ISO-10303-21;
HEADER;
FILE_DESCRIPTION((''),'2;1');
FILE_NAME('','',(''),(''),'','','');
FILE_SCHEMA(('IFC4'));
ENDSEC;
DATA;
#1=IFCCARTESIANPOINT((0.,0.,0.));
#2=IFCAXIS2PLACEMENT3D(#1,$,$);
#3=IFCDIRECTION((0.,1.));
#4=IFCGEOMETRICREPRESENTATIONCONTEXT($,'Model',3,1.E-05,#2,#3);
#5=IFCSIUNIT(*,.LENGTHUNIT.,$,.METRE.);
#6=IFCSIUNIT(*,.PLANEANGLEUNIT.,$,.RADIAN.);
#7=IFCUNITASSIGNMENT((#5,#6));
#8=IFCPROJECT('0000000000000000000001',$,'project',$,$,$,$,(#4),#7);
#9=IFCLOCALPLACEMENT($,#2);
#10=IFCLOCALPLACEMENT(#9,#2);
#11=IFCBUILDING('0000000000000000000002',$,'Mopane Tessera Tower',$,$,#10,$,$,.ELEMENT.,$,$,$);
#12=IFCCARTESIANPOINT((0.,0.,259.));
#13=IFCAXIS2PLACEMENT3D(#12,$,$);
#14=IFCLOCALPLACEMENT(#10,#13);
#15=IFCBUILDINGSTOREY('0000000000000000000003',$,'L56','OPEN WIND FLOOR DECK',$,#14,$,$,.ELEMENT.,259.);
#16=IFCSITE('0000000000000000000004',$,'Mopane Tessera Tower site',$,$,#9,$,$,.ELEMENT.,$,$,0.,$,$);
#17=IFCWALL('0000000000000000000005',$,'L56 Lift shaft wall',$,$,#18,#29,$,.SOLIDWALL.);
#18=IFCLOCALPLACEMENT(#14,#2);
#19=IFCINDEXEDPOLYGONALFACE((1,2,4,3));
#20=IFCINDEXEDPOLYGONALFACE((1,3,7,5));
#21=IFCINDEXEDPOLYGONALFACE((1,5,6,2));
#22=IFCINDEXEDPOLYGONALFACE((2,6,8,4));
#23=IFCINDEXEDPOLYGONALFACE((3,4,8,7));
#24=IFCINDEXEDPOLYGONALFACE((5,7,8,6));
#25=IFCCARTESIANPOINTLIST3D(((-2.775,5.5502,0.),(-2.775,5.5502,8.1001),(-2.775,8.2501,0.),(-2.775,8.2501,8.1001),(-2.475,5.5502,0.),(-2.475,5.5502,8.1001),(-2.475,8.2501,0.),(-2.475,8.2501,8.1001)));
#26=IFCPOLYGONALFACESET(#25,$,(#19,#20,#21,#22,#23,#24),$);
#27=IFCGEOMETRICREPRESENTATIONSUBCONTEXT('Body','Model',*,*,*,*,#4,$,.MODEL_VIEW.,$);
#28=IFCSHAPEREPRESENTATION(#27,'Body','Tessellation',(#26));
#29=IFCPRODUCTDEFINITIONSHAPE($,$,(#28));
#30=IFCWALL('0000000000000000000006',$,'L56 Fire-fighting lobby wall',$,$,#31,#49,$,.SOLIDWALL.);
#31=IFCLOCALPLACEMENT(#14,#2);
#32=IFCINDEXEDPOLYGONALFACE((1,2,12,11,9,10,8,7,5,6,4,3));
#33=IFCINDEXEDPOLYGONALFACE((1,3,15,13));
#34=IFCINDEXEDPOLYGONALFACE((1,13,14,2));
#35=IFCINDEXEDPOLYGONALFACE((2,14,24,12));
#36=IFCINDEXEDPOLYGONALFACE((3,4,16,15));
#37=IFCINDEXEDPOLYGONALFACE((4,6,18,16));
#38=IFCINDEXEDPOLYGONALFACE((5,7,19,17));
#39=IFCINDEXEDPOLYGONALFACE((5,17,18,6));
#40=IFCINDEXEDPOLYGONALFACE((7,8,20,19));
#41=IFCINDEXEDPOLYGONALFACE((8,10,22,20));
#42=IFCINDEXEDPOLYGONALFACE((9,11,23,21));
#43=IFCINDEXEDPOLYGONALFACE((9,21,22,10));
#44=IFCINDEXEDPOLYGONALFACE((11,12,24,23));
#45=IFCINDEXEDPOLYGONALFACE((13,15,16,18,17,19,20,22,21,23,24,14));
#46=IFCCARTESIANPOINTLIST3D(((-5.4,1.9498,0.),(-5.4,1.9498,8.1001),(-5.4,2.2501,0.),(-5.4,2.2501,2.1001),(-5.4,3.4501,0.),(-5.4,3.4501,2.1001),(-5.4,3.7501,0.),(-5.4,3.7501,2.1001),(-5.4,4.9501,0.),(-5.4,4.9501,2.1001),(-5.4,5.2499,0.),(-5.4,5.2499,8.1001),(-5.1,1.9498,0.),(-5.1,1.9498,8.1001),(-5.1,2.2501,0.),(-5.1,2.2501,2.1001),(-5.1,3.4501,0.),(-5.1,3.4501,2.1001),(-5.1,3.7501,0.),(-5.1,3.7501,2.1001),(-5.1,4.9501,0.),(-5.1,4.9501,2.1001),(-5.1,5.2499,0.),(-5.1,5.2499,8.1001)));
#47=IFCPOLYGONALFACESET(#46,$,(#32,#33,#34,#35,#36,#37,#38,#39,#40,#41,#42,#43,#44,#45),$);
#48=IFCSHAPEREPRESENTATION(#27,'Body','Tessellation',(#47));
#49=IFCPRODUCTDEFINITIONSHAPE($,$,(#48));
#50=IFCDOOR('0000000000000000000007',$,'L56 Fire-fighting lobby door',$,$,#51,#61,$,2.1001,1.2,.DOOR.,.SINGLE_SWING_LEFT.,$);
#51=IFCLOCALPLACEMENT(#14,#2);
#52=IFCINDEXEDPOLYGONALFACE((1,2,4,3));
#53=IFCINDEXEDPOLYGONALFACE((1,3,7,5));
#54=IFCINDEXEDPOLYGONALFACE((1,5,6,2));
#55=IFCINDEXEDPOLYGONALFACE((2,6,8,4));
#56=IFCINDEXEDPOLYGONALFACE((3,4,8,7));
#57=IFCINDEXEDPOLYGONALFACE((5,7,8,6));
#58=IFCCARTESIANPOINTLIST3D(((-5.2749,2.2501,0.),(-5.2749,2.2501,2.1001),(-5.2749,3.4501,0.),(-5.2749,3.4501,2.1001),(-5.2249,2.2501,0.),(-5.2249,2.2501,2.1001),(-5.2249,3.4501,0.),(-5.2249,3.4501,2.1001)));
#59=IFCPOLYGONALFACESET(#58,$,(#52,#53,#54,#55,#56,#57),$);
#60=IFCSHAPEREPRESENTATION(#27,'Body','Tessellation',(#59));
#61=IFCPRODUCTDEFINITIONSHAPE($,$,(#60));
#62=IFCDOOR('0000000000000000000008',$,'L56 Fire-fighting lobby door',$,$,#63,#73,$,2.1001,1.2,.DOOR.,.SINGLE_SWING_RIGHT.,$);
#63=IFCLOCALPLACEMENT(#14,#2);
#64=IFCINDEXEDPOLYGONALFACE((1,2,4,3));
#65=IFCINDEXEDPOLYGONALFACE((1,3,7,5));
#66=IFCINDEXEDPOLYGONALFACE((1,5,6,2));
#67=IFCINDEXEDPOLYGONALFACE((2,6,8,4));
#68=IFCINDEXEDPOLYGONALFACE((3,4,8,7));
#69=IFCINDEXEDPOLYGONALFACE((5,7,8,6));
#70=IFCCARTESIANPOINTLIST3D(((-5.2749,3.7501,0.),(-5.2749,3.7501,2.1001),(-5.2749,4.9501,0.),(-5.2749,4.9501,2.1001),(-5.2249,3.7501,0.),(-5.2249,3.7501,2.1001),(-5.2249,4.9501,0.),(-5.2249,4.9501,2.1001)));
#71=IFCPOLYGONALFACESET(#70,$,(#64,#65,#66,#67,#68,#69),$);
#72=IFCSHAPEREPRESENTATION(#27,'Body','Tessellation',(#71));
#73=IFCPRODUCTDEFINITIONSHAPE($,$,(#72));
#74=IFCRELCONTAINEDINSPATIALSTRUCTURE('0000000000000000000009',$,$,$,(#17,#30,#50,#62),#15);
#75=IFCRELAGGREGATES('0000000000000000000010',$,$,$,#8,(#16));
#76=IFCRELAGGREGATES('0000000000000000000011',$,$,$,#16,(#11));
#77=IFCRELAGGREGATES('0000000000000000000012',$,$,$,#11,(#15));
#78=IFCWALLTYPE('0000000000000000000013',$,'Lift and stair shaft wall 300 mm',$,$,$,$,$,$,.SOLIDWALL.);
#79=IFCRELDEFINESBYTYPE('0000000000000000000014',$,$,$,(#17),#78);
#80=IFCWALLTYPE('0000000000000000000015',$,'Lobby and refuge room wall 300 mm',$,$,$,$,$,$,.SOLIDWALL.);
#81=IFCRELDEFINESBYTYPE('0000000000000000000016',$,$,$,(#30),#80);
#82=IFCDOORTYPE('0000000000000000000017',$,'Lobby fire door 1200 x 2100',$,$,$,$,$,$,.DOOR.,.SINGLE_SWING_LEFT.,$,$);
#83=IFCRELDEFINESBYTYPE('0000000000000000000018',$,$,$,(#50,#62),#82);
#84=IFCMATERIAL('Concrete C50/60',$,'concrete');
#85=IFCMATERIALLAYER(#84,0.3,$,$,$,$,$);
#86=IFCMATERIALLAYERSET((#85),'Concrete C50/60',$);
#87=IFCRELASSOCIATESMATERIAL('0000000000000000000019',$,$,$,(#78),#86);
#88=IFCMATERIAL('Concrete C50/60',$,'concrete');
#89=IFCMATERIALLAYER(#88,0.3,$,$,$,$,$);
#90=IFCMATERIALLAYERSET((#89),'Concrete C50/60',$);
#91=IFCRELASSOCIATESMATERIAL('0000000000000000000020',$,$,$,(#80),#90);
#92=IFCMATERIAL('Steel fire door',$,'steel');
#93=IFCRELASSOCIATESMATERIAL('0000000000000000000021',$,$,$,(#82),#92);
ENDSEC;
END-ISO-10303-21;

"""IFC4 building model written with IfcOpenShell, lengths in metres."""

from ifc_helpers import new_model, si_unit, direction, frame, frame_2d, origin, place, context, subcontext, project, spatial, rectangle, extrude, material, layer, layer_set, type_object, element, fill, save


model = new_model("IFC4")

# Units and contexts
model_context = context("Model", 3, precision=1e-05, world=origin(), true_north=direction((0.0, 1.0)))
body_context = subcontext(model_context, "Body", "Model", "MODEL_VIEW")
ifc_project = project(units=[si_unit("LENGTHUNIT", "METRE"), si_unit("PLANEANGLEUNIT", "RADIAN")], contexts=[model_context])

# Site, building, storey
site_placement = place(None, origin())
site = spatial("IfcSite", under=ifc_project, at=site_placement, Name="Mopane Tessera Tower site", CompositionType="ELEMENT", RefElevation=0.0)
building_placement = place(site_placement, origin())
building = spatial("IfcBuilding", under=site, at=building_placement, Name="Mopane Tessera Tower", CompositionType="ELEMENT")
storey_placement = place(building_placement, frame((0.0, 0.0, 259.0)))
storey = spatial("IfcBuildingStorey", under=building, at=storey_placement, Name="L56", Description="OPEN WIND FLOOR DECK", CompositionType="ELEMENT", Elevation=259.0)

# Shared definitions
ifc_material_1 = material(Name="Concrete C50/60", Category="concrete")
ifc_layer_1 = layer(ifc_material_1, 0.3)
ifc_layer_set_1 = layer_set([ifc_layer_1], Name="Concrete C50/60")
wall_type_1 = type_object("IfcWallType", Name="Lift and stair shaft wall 300 mm", PredefinedType="SOLIDWALL", material=ifc_layer_set_1)

# Wall
for number, where, z_axis, x_axis, name in (
    (1, (-2.625, 5.55, 0.0), (0.0, 0.0, 1.0), (0.0, 1.0, 0.0), "L56 Lift shaft wall"),
):
    element("IfcWall", number, at=place(storey_placement, frame(where, z_axis=z_axis, x_axis=x_axis)), inside=storey, type_object=wall_type_1, Name=name, PredefinedType="SOLIDWALL", context=body_context, shape_type="SweptSolid", body=[
        extrude(rectangle(XDim=2.7, YDim=0.3, at=frame_2d((1.3501, 0.0))), origin(), (0.0, 0.0, 1.0), 8.1001),
    ])

# Wall, openings, doors
ifc_material_2 = material(Name="Concrete C50/60", Category="concrete")
ifc_layer_2 = layer(ifc_material_2, 0.3)
ifc_layer_set_2 = layer_set([ifc_layer_2], Name="Concrete C50/60")
wall_type_2 = type_object("IfcWallType", Name="Lobby and refuge room wall 300 mm", PredefinedType="SOLIDWALL", material=ifc_layer_set_2)
wall_1_placement = place(storey_placement, frame((-5.25, 1.95, 0.0), z_axis=(0.0, 0.0, 1.0), x_axis=(0.0, 1.0, 0.0)))
wall_1 = element("IfcWall", 2, at=wall_1_placement, inside=storey, type_object=wall_type_2, Name="L56 Fire-fighting lobby wall", PredefinedType="SOLIDWALL", context=body_context, shape_type="SweptSolid", body=[
    extrude(rectangle(XDim=3.3, YDim=0.3, at=frame_2d((1.6499, 0.0))), origin(), (0.0, 0.0, 1.0), 8.1001),
])
opening_1_placement = place(wall_1_placement, frame((0.3, 0.0, 0.0)))
opening_1 = element("IfcOpeningElement", 3, at=opening_1_placement, cuts=wall_1, PredefinedType="OPENING", context=body_context, shape_type="SweptSolid", body=[
    extrude(rectangle(XDim=1.2, YDim=2.1001, at=frame_2d((0.6001, 1.05))), frame((0.0, 0.1621, 0.0), z_axis=(0.0, -1.0, 0.0), x_axis=(1.0, 0.0, 0.0)), (0.0, 0.0, 1.0), 0.324),
])
opening_2_placement = place(wall_1_placement, frame((1.8, 0.0, 0.0)))
opening_2 = element("IfcOpeningElement", 4, at=opening_2_placement, cuts=wall_1, PredefinedType="OPENING", context=body_context, shape_type="SweptSolid", body=[
    extrude(rectangle(XDim=1.2, YDim=2.1001, at=frame_2d((0.6001, 1.05))), frame((0.0, 0.1621, 0.0), z_axis=(0.0, -1.0, 0.0), x_axis=(1.0, 0.0, 0.0)), (0.0, 0.0, 1.0), 0.324),
])
ifc_material_3 = material(Name="Steel fire door", Category="steel")
door_type_1 = type_object("IfcDoorType", Name="Lobby fire door 1200 x 2100", OperationType="SINGLE_SWING_LEFT", PredefinedType="DOOR", material=ifc_material_3)
door_1_placement = place(opening_1_placement, origin())
door_1 = element("IfcDoor", 5, at=door_1_placement, inside=storey, type_object=door_type_1, Name="L56 Fire-fighting lobby door", OperationType="SINGLE_SWING_LEFT", OverallHeight=2.1001, OverallWidth=1.2, PredefinedType="DOOR", context=body_context, shape_type="SweptSolid", body=[
    extrude(rectangle(XDim=1.2, YDim=2.1001, at=frame_2d((0.6001, 1.05))), frame((0.0, 0.0249, 0.0), z_axis=(0.0, -1.0, 0.0), x_axis=(1.0, 0.0, 0.0)), (0.0, 0.0, 1.0), 0.05),
])
fill(opening_1, door_1)
door_2_placement = place(opening_2_placement, origin())
door_2 = element("IfcDoor", 6, at=door_2_placement, inside=storey, type_object=door_type_1, Name="L56 Fire-fighting lobby door", OperationType="SINGLE_SWING_RIGHT", OverallHeight=2.1001, OverallWidth=1.2, PredefinedType="DOOR", context=body_context, shape_type="SweptSolid", body=[
    extrude(rectangle(XDim=1.2, YDim=2.1001, at=frame_2d((0.6001, 1.05))), frame((0.0, 0.0249, 0.0), z_axis=(0.0, -1.0, 0.0), x_axis=(1.0, 0.0, 0.0)), (0.0, 0.0, 1.0), 0.05),
])
fill(opening_2, door_2)

save(model, "model.ifc")
